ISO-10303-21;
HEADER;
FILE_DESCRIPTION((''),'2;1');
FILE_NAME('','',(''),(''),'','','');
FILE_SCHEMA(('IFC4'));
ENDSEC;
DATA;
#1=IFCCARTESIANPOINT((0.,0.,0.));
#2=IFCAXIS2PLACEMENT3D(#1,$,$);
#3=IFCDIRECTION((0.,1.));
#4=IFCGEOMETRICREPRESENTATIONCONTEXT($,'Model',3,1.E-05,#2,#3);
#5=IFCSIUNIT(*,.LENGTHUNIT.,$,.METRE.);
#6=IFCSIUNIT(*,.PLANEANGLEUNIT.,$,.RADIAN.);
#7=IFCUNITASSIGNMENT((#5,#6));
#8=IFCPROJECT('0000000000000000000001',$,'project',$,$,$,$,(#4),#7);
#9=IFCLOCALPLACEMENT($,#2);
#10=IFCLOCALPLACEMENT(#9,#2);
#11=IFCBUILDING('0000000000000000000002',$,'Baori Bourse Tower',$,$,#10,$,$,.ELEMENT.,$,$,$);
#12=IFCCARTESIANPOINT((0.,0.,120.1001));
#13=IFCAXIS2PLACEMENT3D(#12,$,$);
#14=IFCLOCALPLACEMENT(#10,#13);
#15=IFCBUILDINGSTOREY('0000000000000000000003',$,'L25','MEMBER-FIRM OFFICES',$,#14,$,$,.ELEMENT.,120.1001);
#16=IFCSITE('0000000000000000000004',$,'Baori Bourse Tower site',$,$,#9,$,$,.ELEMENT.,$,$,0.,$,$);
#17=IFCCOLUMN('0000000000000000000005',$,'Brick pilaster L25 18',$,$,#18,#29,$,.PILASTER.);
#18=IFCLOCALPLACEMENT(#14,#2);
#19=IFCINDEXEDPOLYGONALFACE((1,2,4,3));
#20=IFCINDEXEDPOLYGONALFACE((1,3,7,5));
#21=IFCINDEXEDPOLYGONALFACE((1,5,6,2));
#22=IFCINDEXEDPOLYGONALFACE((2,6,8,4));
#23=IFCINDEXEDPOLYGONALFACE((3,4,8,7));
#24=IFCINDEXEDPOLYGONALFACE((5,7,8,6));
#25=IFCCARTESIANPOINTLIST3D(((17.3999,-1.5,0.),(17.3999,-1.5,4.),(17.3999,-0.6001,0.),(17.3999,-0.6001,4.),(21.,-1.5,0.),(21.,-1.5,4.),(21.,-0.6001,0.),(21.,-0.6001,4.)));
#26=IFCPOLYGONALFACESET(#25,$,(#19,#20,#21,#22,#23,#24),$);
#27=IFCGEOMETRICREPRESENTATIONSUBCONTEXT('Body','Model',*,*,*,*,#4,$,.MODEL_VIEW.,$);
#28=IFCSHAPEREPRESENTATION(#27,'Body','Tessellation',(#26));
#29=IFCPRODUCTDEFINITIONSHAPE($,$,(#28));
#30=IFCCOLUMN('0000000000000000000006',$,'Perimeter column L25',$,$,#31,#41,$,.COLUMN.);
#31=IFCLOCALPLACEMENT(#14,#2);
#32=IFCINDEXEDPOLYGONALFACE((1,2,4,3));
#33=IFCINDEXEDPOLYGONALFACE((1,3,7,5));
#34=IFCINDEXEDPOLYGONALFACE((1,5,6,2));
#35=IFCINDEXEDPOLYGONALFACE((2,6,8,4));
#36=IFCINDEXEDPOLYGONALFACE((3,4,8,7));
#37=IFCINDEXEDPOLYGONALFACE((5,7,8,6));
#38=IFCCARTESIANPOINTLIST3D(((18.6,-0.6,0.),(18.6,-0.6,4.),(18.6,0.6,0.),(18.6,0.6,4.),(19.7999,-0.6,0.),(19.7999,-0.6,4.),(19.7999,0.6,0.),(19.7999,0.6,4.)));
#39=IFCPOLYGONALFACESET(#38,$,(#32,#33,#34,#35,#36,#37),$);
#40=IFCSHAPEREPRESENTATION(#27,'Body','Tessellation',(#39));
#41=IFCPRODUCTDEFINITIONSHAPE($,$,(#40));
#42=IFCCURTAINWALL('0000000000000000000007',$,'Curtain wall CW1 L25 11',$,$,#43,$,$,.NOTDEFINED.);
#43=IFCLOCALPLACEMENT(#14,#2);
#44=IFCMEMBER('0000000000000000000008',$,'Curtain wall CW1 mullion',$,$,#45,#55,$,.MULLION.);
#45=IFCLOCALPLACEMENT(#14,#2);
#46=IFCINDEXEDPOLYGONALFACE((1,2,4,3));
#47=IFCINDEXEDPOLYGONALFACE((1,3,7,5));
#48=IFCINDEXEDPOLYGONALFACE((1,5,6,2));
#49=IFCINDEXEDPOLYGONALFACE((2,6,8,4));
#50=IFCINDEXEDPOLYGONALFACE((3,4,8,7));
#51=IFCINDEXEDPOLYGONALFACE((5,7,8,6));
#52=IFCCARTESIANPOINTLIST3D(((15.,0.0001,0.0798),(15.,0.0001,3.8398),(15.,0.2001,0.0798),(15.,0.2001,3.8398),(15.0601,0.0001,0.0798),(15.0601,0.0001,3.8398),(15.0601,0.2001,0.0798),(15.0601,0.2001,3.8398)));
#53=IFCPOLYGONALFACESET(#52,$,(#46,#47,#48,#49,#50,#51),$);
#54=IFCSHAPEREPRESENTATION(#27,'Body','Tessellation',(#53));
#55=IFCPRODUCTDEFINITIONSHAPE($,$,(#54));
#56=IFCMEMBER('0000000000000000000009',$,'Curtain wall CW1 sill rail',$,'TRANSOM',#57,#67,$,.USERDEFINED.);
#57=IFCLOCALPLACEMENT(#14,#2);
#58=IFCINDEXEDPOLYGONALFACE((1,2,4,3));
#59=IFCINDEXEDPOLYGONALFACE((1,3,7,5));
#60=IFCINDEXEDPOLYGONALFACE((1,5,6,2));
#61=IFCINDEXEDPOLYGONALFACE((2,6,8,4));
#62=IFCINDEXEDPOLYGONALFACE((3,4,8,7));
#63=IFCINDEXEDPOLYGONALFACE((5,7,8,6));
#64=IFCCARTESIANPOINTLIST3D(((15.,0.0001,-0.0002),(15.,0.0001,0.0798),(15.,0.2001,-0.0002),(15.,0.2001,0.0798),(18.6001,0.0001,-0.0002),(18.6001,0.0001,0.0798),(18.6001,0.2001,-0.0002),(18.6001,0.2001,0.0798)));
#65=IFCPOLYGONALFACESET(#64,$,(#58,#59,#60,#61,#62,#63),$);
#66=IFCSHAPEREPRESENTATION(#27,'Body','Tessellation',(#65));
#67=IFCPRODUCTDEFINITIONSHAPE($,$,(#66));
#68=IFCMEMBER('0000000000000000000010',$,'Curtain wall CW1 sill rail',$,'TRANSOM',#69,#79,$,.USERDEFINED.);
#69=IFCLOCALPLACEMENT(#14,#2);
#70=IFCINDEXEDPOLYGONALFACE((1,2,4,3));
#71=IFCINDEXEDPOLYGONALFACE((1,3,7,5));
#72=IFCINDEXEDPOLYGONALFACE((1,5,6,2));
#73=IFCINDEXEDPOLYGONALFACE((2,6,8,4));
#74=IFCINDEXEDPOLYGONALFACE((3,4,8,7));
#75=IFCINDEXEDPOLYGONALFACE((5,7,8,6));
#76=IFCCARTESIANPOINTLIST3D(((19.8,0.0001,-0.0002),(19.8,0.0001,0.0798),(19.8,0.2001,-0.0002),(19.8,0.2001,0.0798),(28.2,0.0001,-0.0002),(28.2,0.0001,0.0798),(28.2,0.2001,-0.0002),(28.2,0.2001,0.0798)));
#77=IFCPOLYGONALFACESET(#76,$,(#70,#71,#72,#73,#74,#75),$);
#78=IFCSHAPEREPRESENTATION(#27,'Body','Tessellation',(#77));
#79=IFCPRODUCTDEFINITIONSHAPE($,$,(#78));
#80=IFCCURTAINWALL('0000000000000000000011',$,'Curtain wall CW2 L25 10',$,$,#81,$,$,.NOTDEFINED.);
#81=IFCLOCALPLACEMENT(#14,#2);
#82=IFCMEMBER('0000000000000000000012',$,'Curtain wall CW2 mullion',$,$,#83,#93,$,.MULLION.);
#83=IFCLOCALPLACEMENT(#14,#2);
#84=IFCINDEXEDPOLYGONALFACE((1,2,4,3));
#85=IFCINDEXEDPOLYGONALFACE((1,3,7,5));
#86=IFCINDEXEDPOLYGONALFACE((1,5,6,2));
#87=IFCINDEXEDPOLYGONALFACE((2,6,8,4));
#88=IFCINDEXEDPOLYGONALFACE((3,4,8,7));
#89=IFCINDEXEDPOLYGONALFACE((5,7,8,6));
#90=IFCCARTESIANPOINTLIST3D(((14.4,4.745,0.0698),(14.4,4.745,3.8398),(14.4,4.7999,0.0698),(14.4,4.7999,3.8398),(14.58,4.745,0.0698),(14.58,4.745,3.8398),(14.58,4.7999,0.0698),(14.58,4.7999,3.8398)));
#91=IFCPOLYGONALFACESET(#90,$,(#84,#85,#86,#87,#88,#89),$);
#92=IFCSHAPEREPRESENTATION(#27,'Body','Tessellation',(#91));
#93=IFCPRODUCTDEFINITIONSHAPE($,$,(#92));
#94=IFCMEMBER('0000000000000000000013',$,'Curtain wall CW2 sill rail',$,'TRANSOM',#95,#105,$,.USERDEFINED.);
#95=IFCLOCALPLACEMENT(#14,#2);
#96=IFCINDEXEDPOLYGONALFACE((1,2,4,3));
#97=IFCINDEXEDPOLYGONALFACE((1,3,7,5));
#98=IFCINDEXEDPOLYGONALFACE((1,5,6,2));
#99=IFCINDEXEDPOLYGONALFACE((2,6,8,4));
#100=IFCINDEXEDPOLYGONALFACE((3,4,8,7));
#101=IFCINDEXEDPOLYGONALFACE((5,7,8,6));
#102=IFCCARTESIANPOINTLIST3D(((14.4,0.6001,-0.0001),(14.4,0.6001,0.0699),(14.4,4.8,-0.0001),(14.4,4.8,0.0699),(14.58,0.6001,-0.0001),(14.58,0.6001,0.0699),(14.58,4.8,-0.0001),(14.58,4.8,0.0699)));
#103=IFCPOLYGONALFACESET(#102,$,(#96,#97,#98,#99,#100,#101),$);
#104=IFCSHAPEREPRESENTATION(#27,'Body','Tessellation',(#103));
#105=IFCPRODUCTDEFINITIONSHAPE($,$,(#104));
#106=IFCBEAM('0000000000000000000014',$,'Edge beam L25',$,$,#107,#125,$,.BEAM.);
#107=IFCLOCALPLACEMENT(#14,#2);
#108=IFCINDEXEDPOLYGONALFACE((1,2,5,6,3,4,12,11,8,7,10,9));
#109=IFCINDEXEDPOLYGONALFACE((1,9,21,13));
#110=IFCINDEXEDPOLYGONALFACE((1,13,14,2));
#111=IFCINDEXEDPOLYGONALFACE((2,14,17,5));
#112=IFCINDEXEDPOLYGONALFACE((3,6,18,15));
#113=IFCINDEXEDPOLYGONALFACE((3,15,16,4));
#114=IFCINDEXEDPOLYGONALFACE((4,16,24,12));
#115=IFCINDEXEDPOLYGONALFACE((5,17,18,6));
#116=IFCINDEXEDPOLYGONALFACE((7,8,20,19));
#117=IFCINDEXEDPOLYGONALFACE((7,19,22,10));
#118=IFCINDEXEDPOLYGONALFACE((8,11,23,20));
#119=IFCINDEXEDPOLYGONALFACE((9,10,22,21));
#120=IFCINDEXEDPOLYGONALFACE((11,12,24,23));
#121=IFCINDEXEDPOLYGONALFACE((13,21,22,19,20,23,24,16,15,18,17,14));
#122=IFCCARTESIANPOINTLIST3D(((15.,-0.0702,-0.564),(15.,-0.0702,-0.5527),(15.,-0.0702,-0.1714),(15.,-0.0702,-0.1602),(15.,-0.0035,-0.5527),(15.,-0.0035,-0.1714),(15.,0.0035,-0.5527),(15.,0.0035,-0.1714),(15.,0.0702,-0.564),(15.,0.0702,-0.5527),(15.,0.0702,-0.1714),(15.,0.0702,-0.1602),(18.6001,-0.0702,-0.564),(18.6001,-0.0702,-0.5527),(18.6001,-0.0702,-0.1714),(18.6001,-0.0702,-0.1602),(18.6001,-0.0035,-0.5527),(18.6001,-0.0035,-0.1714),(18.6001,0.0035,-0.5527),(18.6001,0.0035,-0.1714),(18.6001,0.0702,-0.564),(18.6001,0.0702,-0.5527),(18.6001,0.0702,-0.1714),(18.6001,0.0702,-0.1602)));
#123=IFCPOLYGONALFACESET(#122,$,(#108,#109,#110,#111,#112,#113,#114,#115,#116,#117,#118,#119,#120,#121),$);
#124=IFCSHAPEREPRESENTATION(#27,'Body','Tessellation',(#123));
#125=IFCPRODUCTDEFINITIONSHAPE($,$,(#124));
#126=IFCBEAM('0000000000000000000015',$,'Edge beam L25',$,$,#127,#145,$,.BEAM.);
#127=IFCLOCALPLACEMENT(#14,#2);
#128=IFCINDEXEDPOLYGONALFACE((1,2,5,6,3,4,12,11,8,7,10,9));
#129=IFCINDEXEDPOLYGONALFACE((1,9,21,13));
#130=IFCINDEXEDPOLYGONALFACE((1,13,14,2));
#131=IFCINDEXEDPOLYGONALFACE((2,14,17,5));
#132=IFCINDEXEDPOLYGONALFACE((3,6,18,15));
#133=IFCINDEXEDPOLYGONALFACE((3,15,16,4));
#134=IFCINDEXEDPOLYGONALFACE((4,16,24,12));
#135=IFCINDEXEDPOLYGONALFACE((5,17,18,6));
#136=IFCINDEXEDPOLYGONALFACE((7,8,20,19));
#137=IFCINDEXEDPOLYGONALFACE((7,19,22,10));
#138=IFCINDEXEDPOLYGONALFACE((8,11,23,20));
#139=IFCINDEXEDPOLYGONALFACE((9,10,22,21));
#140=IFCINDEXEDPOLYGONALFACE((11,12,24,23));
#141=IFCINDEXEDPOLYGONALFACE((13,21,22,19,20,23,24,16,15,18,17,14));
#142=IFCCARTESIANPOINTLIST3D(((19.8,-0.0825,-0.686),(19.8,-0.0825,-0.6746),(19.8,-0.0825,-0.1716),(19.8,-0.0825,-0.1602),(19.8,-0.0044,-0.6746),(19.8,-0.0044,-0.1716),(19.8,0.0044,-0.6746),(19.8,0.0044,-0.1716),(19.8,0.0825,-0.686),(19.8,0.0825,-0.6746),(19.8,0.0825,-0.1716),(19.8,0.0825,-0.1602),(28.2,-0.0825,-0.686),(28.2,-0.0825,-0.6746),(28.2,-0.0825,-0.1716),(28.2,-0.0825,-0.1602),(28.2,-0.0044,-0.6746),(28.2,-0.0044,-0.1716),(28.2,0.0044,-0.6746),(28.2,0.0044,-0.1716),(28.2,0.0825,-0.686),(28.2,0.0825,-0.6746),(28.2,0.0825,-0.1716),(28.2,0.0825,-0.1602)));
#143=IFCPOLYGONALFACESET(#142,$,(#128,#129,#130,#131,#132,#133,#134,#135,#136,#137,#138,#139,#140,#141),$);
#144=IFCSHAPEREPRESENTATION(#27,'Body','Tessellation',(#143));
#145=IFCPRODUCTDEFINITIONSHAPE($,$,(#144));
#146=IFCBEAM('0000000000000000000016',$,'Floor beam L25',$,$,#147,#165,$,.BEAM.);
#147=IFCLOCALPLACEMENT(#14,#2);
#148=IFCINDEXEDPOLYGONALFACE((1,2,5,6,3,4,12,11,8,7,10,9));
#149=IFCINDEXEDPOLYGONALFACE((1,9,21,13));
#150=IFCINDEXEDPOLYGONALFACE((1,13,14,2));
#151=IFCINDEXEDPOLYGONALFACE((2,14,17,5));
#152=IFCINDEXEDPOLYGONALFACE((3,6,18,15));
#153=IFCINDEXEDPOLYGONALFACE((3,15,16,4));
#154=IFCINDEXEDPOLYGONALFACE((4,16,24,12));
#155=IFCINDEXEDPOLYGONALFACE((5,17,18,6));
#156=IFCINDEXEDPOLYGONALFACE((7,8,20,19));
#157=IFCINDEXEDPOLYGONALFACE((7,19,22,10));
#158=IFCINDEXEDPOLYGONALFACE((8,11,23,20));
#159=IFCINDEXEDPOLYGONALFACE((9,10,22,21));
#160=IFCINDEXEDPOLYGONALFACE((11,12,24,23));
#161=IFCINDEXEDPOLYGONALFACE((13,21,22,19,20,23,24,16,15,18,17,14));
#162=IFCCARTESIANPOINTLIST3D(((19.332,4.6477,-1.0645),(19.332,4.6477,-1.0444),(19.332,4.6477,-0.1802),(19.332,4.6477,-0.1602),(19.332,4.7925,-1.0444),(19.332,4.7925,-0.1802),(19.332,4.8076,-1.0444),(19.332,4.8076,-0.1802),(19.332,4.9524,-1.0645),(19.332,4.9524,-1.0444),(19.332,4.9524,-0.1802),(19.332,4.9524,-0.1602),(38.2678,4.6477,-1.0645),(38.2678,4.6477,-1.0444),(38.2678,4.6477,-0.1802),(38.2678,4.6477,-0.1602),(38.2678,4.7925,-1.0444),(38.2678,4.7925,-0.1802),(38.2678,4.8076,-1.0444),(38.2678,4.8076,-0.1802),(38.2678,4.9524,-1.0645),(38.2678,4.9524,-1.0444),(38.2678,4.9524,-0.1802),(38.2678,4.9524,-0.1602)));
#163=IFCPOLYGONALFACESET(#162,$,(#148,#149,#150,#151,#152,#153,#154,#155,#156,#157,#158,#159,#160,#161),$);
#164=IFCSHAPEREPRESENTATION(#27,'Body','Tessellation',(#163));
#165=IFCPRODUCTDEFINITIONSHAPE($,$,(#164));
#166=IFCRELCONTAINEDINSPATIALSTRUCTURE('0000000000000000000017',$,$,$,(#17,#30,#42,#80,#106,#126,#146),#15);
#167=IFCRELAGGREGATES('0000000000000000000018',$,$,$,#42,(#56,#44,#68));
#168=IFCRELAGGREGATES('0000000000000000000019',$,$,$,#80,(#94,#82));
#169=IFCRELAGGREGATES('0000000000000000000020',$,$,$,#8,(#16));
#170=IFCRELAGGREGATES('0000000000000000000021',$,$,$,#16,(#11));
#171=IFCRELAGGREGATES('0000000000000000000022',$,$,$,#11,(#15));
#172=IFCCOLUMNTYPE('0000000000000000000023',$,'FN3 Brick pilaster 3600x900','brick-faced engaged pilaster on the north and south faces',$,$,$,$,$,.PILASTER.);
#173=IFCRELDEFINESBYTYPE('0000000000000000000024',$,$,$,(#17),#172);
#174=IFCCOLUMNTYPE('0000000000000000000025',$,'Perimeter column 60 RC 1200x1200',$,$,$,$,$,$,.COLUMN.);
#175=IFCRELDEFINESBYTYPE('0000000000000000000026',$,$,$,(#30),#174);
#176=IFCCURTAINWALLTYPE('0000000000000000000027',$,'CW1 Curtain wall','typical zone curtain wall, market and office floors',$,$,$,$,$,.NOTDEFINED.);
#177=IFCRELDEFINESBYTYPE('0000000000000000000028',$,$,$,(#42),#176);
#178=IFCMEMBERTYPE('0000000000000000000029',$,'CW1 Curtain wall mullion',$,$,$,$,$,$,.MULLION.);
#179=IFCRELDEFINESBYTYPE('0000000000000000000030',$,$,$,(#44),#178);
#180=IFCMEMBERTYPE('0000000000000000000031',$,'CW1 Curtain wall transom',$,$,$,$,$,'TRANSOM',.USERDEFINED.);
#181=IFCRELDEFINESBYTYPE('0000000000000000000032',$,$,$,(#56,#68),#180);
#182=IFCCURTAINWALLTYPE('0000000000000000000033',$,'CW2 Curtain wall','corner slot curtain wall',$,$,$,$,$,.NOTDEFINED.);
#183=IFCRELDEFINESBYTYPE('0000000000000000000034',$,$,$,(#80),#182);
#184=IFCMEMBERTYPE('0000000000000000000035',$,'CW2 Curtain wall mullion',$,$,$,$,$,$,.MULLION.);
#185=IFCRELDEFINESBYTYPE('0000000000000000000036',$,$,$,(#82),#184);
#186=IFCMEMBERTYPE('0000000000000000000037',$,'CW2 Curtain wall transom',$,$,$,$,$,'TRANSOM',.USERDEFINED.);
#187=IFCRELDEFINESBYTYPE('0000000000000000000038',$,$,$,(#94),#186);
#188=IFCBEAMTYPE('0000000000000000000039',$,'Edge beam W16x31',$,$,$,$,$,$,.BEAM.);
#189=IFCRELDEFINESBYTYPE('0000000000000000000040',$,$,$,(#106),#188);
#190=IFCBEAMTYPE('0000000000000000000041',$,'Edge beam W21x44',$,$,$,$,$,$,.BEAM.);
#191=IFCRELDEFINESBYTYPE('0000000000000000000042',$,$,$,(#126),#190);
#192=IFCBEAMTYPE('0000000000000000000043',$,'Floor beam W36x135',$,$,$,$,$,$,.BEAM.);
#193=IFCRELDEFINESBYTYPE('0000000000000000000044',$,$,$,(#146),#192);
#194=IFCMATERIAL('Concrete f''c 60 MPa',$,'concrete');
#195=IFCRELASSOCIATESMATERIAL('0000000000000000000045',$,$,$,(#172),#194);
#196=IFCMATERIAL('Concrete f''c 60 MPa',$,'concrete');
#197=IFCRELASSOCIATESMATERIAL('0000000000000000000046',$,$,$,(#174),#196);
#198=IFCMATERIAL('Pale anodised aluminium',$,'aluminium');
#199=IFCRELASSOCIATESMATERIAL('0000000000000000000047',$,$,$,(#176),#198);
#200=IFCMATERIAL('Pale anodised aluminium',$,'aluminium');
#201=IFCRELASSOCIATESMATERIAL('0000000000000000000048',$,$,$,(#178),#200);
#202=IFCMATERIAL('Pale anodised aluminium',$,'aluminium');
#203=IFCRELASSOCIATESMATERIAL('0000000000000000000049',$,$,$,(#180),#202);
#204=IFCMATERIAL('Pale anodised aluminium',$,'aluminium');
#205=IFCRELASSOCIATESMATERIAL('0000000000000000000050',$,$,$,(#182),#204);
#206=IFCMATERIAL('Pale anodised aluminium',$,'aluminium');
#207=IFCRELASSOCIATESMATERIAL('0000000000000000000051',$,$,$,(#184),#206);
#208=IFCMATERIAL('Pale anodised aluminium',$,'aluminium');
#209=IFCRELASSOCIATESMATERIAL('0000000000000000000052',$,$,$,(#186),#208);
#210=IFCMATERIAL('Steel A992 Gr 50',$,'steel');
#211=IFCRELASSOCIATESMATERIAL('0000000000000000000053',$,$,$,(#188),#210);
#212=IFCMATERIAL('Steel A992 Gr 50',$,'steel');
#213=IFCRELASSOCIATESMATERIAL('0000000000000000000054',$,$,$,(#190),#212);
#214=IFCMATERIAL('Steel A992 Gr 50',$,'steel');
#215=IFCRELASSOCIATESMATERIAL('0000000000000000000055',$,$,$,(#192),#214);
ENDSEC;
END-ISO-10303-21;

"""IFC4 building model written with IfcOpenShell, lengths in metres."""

from ifc_helpers import new_model, si_unit, direction, frame, origin, origin_2d, place, context, subcontext, project, spatial, rectangle, i_section, extrude, material, material_profile, profile_set, type_object, element, aggregate, save


model = new_model("IFC4")

# Units and contexts
model_context = context("Model", 3, precision=1e-05, world=origin(), true_north=direction((0.0, 1.0)))
body_context = subcontext(model_context, "Body", "Model", "MODEL_VIEW")
ifc_project = project(units=[si_unit("LENGTHUNIT", "METRE"), si_unit("PLANEANGLEUNIT", "RADIAN")], contexts=[model_context])

# Site, building, storey
site_placement = place(None, origin())
site = spatial("IfcSite", under=ifc_project, at=site_placement, Name="Baori Bourse Tower site", CompositionType="ELEMENT", RefElevation=0.0)
building_placement = place(site_placement, origin())
building = spatial("IfcBuilding", under=site, at=building_placement, Name="Baori Bourse Tower", CompositionType="ELEMENT")
storey_placement = place(building_placement, frame((0.0, 0.0, 120.1001)))
storey = spatial("IfcBuildingStorey", under=building, at=storey_placement, Name="L25", Description="MEMBER-FIRM OFFICES", CompositionType="ELEMENT", Elevation=120.1001)

# Columns
ifc_material_1 = material(Name="Concrete f'c 60 MPa", Category="concrete")
ifc_material_profile_1 = material_profile(ifc_material_1, rectangle(XDim=3.6001, YDim=0.8999, at=origin_2d()), Name="RC 3600x900")
ifc_profile_set_1 = profile_set([ifc_material_profile_1], Name="Concrete f'c 60 MPa")
column_type_1 = type_object("IfcColumnType", Name="FN3 Brick pilaster 3600x900", Description="brick-faced engaged pilaster on the north and south faces", PredefinedType="PILASTER", material=ifc_profile_set_1)
column_1_placement = place(storey_placement, frame((19.2, -1.05, 0.0), z_axis=(0.0, 0.0, 1.0), x_axis=(1.0, 0.0, 0.0)))
element("IfcColumn", 1, at=column_1_placement, inside=storey, type_object=column_type_1, Name="Brick pilaster L25 18", PredefinedType="PILASTER", context=body_context, shape_type="SweptSolid", body=[
    extrude(rectangle(XDim=3.6001, YDim=0.8999, at=origin_2d()), origin(), (0.0, 0.0, 1.0), 4.0),
])
ifc_material_2 = material(Name="Concrete f'c 60 MPa", Category="concrete")
ifc_material_profile_2 = material_profile(ifc_material_2, rectangle(XDim=1.2, YDim=1.2, at=origin_2d()), Name="RC 1200x1200")
ifc_profile_set_2 = profile_set([ifc_material_profile_2], Name="Concrete f'c 60 MPa")
column_type_2 = type_object("IfcColumnType", Name="Perimeter column 60 RC 1200x1200", PredefinedType="COLUMN", material=ifc_profile_set_2)
column_2_placement = place(storey_placement, frame((19.2, 0.0, 0.0), z_axis=(0.0, 0.0, 1.0), x_axis=(1.0, 0.0, 0.0)))
element("IfcColumn", 2, at=column_2_placement, inside=storey, type_object=column_type_2, Name="Perimeter column L25", PredefinedType="COLUMN", context=body_context, shape_type="SweptSolid", body=[
    extrude(rectangle(XDim=1.2, YDim=1.2, at=origin_2d()), origin(), (0.0, 0.0, 1.0), 4.0),
])

# Curtain walls, members
ifc_material_3 = material(Name="Pale anodised aluminium", Category="aluminium")
curtain_wall_type_1 = type_object("IfcCurtainWallType", Name="CW1 Curtain wall", Description="typical zone curtain wall, market and office floors", PredefinedType="NOTDEFINED", material=ifc_material_3)
curtain_wall_1_placement = place(storey_placement, origin())
curtain_wall_1 = element("IfcCurtainWall", 3, at=curtain_wall_1_placement, inside=storey, type_object=curtain_wall_type_1, Name="Curtain wall CW1 L25 11", PredefinedType="NOTDEFINED")
ifc_material_4 = material(Name="Pale anodised aluminium", Category="aluminium")
ifc_material_profile_3 = material_profile(ifc_material_4, rectangle(XDim=0.2, YDim=0.0601, at=origin_2d()), Name="Mullion 60x200")
ifc_profile_set_3 = profile_set([ifc_material_profile_3], Name="Pale anodised aluminium")
member_type_1 = type_object("IfcMemberType", Name="CW1 Curtain wall mullion", PredefinedType="MULLION", material=ifc_profile_set_3)
member_1_placement = place(storey_placement, frame((15.03, 0.1001, 0.0798), z_axis=(0.0, 0.0, 1.0), x_axis=(0.0, 1.0, 0.0)))
member_1 = element("IfcMember", 4, at=member_1_placement, type_object=member_type_1, Name="Curtain wall CW1 mullion", PredefinedType="MULLION", context=body_context, shape_type="SweptSolid", body=[
    extrude(rectangle(XDim=0.2, YDim=0.0601, at=origin_2d()), origin(), (0.0, 0.0, 1.0), 3.76),
])
ifc_material_5 = material(Name="Pale anodised aluminium", Category="aluminium")
ifc_material_profile_4 = material_profile(ifc_material_5, rectangle(XDim=0.2, YDim=0.0801, at=origin_2d()), Name="Transom 80x200")
ifc_profile_set_4 = profile_set([ifc_material_profile_4], Name="Pale anodised aluminium")
member_type_2 = type_object("IfcMemberType", Name="CW1 Curtain wall transom", ElementType="TRANSOM", PredefinedType="USERDEFINED", material=ifc_profile_set_4)
member_2_placement = place(storey_placement, frame((15.0, 0.1001, 0.0398), z_axis=(1.0, 0.0, 0.0), x_axis=(0.0, 1.0, 0.0)))
member_2 = element("IfcMember", 5, at=member_2_placement, type_object=member_type_2, Name="Curtain wall CW1 sill rail", ObjectType="TRANSOM", PredefinedType="USERDEFINED", context=body_context, shape_type="SweptSolid", body=[
    extrude(rectangle(XDim=0.2, YDim=0.0801, at=origin_2d()), origin(), (0.0, 0.0, 1.0), 3.6001),
])
member_3_placement = place(storey_placement, frame((19.8, 0.1001, 0.0398), z_axis=(1.0, 0.0, 0.0), x_axis=(0.0, 1.0, 0.0)))
member_3 = element("IfcMember", 6, at=member_3_placement, type_object=member_type_2, Name="Curtain wall CW1 sill rail", ObjectType="TRANSOM", PredefinedType="USERDEFINED", context=body_context, shape_type="SweptSolid", body=[
    extrude(rectangle(XDim=0.2, YDim=0.0801, at=origin_2d()), origin(), (0.0, 0.0, 1.0), 8.3999),
])
ifc_material_6 = material(Name="Pale anodised aluminium", Category="aluminium")
curtain_wall_type_2 = type_object("IfcCurtainWallType", Name="CW2 Curtain wall", Description="corner slot curtain wall", PredefinedType="NOTDEFINED", material=ifc_material_6)
curtain_wall_2_placement = place(storey_placement, origin())
curtain_wall_2 = element("IfcCurtainWall", 7, at=curtain_wall_2_placement, inside=storey, type_object=curtain_wall_type_2, Name="Curtain wall CW2 L25 10", PredefinedType="NOTDEFINED")
ifc_material_7 = material(Name="Pale anodised aluminium", Category="aluminium")
ifc_material_profile_5 = material_profile(ifc_material_7, rectangle(XDim=0.1799, YDim=0.0549, at=origin_2d()), Name="Mullion 55x180")
ifc_profile_set_5 = profile_set([ifc_material_profile_5], Name="Pale anodised aluminium")
member_type_3 = type_object("IfcMemberType", Name="CW2 Curtain wall mullion", PredefinedType="MULLION", material=ifc_profile_set_5)
member_4_placement = place(storey_placement, frame((14.49, 4.7725, 0.0698), z_axis=(0.0, 0.0, 1.0), x_axis=(1.0, 0.0, 0.0)))
member_4 = element("IfcMember", 8, at=member_4_placement, type_object=member_type_3, Name="Curtain wall CW2 mullion", PredefinedType="MULLION", context=body_context, shape_type="SweptSolid", body=[
    extrude(rectangle(XDim=0.1799, YDim=0.0549, at=origin_2d()), origin(), (0.0, 0.0, 1.0), 3.77),
])
ifc_material_8 = material(Name="Pale anodised aluminium", Category="aluminium")
ifc_material_profile_6 = material_profile(ifc_material_8, rectangle(XDim=0.1799, YDim=0.0701, at=origin_2d()), Name="Transom 70x180")
ifc_profile_set_6 = profile_set([ifc_material_profile_6], Name="Pale anodised aluminium")
member_type_4 = type_object("IfcMemberType", Name="CW2 Curtain wall transom", ElementType="TRANSOM", PredefinedType="USERDEFINED", material=ifc_profile_set_6)
member_5_placement = place(storey_placement, frame((14.49, 4.8, 0.0349), z_axis=(0.0, -1.0, 0.0), x_axis=(1.0, 0.0, 0.0)))
member_5 = element("IfcMember", 9, at=member_5_placement, type_object=member_type_4, Name="Curtain wall CW2 sill rail", ObjectType="TRANSOM", PredefinedType="USERDEFINED", context=body_context, shape_type="SweptSolid", body=[
    extrude(rectangle(XDim=0.1799, YDim=0.0701, at=origin_2d()), origin(), (0.0, 0.0, 1.0), 4.2),
])

# Beams
ifc_material_9 = material(Name="Steel A992 Gr 50", Category="steel")
ifc_material_profile_7 = material_profile(ifc_material_9, i_section(OverallWidth=0.1404, OverallDepth=0.4038, WebThickness=0.0071, FlangeThickness=0.0112, at=origin_2d()), Name="W16x31")
ifc_profile_set_7 = profile_set([ifc_material_profile_7], Name="Steel A992 Gr 50")
beam_type_1 = type_object("IfcBeamType", Name="Edge beam W16x31", PredefinedType="BEAM", material=ifc_profile_set_7)
beam_1_placement = place(storey_placement, frame((15.0, 0.0, -0.3621), z_axis=(1.0, 0.0, 0.0), x_axis=(0.0, 1.0, 0.0)))
element("IfcBeam", 10, at=beam_1_placement, inside=storey, type_object=beam_type_1, Name="Edge beam L25", PredefinedType="BEAM", context=body_context, shape_type="SweptSolid", body=[
    extrude(i_section(OverallWidth=0.1404, OverallDepth=0.4038, WebThickness=0.0071, FlangeThickness=0.0112, at=origin_2d()), origin(), (0.0, 0.0, 1.0), 3.6001),
])
ifc_material_10 = material(Name="Steel A992 Gr 50", Category="steel")
ifc_material_profile_8 = material_profile(ifc_material_10, i_section(OverallWidth=0.165, OverallDepth=0.5259, WebThickness=0.0088, FlangeThickness=0.0115, at=origin_2d()), Name="W21x44")
ifc_profile_set_8 = profile_set([ifc_material_profile_8], Name="Steel A992 Gr 50")
beam_type_2 = type_object("IfcBeamType", Name="Edge beam W21x44", PredefinedType="BEAM", material=ifc_profile_set_8)
beam_2_placement = place(storey_placement, frame((19.8, 0.0, -0.4231), z_axis=(1.0, 0.0, 0.0), x_axis=(0.0, 1.0, 0.0)))
element("IfcBeam", 11, at=beam_2_placement, inside=storey, type_object=beam_type_2, Name="Edge beam L25", PredefinedType="BEAM", context=body_context, shape_type="SweptSolid", body=[
    extrude(i_section(OverallWidth=0.165, OverallDepth=0.5259, WebThickness=0.0088, FlangeThickness=0.0115, at=origin_2d()), origin(), (0.0, 0.0, 1.0), 8.3999),
])
ifc_material_11 = material(Name="Steel A992 Gr 50", Category="steel")
ifc_material_profile_9 = material_profile(ifc_material_11, i_section(OverallWidth=0.3047, OverallDepth=0.9043, WebThickness=0.0151, FlangeThickness=0.02, at=origin_2d()), Name="W36x135")
ifc_profile_set_9 = profile_set([ifc_material_profile_9], Name="Steel A992 Gr 50")
beam_type_3 = type_object("IfcBeamType", Name="Floor beam W36x135", PredefinedType="BEAM", material=ifc_profile_set_9)
beam_3_placement = place(storey_placement, frame((19.332, 4.8, -0.6123), z_axis=(1.0, 0.0, 0.0), x_axis=(0.0, 1.0, 0.0)))
element("IfcBeam", 12, at=beam_3_placement, inside=storey, type_object=beam_type_3, Name="Floor beam L25", PredefinedType="BEAM", context=body_context, shape_type="SweptSolid", body=[
    extrude(i_section(OverallWidth=0.3047, OverallDepth=0.9043, WebThickness=0.0151, FlangeThickness=0.02, at=origin_2d()), origin(), (0.0, 0.0, 1.0), 18.9358),
])

aggregate(curtain_wall_1, [member_2, member_1, member_3])
aggregate(curtain_wall_2, [member_5, member_4])

save(model, "model.ifc")
